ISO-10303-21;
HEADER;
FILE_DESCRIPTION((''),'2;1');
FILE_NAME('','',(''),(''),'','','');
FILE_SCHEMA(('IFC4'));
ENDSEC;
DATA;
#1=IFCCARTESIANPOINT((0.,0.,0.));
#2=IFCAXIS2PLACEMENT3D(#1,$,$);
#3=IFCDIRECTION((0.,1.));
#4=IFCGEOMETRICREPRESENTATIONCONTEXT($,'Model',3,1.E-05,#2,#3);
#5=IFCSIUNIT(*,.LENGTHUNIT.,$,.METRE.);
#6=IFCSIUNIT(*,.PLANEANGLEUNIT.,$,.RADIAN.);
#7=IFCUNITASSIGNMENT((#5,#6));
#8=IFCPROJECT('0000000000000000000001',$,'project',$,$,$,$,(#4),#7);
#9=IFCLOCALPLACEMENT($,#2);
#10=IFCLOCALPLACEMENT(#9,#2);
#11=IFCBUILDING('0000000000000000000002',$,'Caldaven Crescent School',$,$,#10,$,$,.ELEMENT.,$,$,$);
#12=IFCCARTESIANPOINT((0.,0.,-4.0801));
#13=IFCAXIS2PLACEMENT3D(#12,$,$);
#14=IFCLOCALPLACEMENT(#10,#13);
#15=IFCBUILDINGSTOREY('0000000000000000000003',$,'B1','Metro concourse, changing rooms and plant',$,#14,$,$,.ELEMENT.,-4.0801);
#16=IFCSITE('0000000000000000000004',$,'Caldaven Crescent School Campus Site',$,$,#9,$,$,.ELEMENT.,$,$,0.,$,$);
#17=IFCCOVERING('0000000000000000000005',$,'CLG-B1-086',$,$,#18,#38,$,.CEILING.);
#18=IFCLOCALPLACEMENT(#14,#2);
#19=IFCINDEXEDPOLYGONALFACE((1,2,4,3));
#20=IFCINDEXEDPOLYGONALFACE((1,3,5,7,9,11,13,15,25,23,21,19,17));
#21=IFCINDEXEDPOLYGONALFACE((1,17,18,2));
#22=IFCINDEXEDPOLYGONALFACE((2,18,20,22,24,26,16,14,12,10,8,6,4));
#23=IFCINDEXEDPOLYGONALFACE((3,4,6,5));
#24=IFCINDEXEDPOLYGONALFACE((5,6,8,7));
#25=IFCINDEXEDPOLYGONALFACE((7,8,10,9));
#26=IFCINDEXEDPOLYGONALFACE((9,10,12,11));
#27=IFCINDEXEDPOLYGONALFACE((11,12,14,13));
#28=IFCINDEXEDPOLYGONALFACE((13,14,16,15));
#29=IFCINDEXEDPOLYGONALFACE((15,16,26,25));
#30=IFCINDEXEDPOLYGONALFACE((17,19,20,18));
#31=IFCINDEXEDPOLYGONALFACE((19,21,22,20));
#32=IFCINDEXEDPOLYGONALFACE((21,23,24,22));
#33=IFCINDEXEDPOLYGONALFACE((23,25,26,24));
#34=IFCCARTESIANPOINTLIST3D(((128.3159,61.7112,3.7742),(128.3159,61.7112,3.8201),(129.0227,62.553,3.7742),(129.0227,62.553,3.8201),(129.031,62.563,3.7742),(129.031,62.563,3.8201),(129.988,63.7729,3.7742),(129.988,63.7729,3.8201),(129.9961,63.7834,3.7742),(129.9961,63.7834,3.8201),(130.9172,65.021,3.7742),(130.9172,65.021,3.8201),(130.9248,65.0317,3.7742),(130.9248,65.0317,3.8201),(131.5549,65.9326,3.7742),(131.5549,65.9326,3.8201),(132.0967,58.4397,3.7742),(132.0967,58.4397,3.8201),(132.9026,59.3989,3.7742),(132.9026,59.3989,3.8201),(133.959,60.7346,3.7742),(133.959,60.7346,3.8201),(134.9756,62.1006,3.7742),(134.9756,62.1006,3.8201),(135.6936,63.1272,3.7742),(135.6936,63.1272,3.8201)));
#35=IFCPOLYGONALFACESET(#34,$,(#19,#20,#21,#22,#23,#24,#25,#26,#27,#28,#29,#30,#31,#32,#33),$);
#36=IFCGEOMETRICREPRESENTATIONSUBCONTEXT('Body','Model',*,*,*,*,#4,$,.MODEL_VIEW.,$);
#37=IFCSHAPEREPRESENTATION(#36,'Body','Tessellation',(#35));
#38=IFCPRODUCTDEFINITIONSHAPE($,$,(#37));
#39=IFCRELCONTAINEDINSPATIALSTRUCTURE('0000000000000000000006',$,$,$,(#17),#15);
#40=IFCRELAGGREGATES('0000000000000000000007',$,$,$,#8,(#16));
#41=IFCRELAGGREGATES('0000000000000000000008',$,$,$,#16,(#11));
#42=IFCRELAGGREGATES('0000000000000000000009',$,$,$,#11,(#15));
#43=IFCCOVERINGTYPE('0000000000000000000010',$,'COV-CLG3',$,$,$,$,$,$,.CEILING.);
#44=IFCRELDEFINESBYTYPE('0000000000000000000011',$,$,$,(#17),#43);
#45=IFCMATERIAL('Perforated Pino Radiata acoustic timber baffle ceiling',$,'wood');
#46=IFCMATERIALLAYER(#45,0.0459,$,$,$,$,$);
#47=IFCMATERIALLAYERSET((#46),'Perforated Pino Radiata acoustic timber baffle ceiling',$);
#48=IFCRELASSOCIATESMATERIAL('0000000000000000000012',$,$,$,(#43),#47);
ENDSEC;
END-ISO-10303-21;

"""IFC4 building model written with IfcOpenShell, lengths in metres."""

from ifc_helpers import new_model, si_unit, direction, frame, origin, place, context, subcontext, project, spatial, polyline, outline, extrude, material, layer, layer_set, type_object, element, save


model = new_model("IFC4")

# Units and contexts
model_context = context("Model", 3, precision=1e-05, world=origin(), true_north=direction((0.0, 1.0)))
body_context = subcontext(model_context, "Body", "Model", "MODEL_VIEW")
ifc_project = project(units=[si_unit("LENGTHUNIT", "METRE"), si_unit("PLANEANGLEUNIT", "RADIAN")], contexts=[model_context])

# Site, building, storey
site_placement = place(None, origin())
site = spatial("IfcSite", under=ifc_project, at=site_placement, Name="Caldaven Crescent School Campus Site", CompositionType="ELEMENT", RefElevation=0.0)
building_placement = place(site_placement, origin())
building = spatial("IfcBuilding", under=site, at=building_placement, Name="Caldaven Crescent School", CompositionType="ELEMENT")
storey_placement = place(building_placement, frame((0.0, 0.0, -4.0801)))
storey = spatial("IfcBuildingStorey", under=building, at=storey_placement, Name="B1", Description="Metro concourse, changing rooms and plant", CompositionType="ELEMENT", Elevation=-4.0801)

# Covering
ifc_material = material(Name="Perforated Pino Radiata acoustic timber baffle ceiling", Category="wood")
ifc_layer_1 = layer(ifc_material, 0.0459)
ifc_layer_set_1 = layer_set([ifc_layer_1], Name="Perforated Pino Radiata acoustic timber baffle ceiling")
covering_type_1 = type_object("IfcCoveringType", Name="COV-CLG3", PredefinedType="CEILING", material=ifc_layer_set_1)
covering_1_placement = place(storey_placement, frame((0.0, 0.0, 3.7742)))
element("IfcCovering", 1, at=covering_1_placement, inside=storey, type_object=covering_type_1, Name="CLG-B1-086", PredefinedType="CEILING", context=body_context, shape_type="SweptSolid", body=[
    extrude(outline(polyline([(129.0227, 62.553), (129.031, 62.563), (129.988, 63.7729), (129.9961, 63.7834), (130.9172, 65.021), (130.9248, 65.0317), (131.5549, 65.9326), (135.6936, 63.1272), (134.9756, 62.1006), (133.959, 60.7346), (132.9026, 59.3989), (132.0967, 58.4397), (128.3159, 61.7112), (129.0227, 62.553)])), origin(), (0.0, 0.0, 1.0), 0.0459),
])

save(model, "model.ifc")
